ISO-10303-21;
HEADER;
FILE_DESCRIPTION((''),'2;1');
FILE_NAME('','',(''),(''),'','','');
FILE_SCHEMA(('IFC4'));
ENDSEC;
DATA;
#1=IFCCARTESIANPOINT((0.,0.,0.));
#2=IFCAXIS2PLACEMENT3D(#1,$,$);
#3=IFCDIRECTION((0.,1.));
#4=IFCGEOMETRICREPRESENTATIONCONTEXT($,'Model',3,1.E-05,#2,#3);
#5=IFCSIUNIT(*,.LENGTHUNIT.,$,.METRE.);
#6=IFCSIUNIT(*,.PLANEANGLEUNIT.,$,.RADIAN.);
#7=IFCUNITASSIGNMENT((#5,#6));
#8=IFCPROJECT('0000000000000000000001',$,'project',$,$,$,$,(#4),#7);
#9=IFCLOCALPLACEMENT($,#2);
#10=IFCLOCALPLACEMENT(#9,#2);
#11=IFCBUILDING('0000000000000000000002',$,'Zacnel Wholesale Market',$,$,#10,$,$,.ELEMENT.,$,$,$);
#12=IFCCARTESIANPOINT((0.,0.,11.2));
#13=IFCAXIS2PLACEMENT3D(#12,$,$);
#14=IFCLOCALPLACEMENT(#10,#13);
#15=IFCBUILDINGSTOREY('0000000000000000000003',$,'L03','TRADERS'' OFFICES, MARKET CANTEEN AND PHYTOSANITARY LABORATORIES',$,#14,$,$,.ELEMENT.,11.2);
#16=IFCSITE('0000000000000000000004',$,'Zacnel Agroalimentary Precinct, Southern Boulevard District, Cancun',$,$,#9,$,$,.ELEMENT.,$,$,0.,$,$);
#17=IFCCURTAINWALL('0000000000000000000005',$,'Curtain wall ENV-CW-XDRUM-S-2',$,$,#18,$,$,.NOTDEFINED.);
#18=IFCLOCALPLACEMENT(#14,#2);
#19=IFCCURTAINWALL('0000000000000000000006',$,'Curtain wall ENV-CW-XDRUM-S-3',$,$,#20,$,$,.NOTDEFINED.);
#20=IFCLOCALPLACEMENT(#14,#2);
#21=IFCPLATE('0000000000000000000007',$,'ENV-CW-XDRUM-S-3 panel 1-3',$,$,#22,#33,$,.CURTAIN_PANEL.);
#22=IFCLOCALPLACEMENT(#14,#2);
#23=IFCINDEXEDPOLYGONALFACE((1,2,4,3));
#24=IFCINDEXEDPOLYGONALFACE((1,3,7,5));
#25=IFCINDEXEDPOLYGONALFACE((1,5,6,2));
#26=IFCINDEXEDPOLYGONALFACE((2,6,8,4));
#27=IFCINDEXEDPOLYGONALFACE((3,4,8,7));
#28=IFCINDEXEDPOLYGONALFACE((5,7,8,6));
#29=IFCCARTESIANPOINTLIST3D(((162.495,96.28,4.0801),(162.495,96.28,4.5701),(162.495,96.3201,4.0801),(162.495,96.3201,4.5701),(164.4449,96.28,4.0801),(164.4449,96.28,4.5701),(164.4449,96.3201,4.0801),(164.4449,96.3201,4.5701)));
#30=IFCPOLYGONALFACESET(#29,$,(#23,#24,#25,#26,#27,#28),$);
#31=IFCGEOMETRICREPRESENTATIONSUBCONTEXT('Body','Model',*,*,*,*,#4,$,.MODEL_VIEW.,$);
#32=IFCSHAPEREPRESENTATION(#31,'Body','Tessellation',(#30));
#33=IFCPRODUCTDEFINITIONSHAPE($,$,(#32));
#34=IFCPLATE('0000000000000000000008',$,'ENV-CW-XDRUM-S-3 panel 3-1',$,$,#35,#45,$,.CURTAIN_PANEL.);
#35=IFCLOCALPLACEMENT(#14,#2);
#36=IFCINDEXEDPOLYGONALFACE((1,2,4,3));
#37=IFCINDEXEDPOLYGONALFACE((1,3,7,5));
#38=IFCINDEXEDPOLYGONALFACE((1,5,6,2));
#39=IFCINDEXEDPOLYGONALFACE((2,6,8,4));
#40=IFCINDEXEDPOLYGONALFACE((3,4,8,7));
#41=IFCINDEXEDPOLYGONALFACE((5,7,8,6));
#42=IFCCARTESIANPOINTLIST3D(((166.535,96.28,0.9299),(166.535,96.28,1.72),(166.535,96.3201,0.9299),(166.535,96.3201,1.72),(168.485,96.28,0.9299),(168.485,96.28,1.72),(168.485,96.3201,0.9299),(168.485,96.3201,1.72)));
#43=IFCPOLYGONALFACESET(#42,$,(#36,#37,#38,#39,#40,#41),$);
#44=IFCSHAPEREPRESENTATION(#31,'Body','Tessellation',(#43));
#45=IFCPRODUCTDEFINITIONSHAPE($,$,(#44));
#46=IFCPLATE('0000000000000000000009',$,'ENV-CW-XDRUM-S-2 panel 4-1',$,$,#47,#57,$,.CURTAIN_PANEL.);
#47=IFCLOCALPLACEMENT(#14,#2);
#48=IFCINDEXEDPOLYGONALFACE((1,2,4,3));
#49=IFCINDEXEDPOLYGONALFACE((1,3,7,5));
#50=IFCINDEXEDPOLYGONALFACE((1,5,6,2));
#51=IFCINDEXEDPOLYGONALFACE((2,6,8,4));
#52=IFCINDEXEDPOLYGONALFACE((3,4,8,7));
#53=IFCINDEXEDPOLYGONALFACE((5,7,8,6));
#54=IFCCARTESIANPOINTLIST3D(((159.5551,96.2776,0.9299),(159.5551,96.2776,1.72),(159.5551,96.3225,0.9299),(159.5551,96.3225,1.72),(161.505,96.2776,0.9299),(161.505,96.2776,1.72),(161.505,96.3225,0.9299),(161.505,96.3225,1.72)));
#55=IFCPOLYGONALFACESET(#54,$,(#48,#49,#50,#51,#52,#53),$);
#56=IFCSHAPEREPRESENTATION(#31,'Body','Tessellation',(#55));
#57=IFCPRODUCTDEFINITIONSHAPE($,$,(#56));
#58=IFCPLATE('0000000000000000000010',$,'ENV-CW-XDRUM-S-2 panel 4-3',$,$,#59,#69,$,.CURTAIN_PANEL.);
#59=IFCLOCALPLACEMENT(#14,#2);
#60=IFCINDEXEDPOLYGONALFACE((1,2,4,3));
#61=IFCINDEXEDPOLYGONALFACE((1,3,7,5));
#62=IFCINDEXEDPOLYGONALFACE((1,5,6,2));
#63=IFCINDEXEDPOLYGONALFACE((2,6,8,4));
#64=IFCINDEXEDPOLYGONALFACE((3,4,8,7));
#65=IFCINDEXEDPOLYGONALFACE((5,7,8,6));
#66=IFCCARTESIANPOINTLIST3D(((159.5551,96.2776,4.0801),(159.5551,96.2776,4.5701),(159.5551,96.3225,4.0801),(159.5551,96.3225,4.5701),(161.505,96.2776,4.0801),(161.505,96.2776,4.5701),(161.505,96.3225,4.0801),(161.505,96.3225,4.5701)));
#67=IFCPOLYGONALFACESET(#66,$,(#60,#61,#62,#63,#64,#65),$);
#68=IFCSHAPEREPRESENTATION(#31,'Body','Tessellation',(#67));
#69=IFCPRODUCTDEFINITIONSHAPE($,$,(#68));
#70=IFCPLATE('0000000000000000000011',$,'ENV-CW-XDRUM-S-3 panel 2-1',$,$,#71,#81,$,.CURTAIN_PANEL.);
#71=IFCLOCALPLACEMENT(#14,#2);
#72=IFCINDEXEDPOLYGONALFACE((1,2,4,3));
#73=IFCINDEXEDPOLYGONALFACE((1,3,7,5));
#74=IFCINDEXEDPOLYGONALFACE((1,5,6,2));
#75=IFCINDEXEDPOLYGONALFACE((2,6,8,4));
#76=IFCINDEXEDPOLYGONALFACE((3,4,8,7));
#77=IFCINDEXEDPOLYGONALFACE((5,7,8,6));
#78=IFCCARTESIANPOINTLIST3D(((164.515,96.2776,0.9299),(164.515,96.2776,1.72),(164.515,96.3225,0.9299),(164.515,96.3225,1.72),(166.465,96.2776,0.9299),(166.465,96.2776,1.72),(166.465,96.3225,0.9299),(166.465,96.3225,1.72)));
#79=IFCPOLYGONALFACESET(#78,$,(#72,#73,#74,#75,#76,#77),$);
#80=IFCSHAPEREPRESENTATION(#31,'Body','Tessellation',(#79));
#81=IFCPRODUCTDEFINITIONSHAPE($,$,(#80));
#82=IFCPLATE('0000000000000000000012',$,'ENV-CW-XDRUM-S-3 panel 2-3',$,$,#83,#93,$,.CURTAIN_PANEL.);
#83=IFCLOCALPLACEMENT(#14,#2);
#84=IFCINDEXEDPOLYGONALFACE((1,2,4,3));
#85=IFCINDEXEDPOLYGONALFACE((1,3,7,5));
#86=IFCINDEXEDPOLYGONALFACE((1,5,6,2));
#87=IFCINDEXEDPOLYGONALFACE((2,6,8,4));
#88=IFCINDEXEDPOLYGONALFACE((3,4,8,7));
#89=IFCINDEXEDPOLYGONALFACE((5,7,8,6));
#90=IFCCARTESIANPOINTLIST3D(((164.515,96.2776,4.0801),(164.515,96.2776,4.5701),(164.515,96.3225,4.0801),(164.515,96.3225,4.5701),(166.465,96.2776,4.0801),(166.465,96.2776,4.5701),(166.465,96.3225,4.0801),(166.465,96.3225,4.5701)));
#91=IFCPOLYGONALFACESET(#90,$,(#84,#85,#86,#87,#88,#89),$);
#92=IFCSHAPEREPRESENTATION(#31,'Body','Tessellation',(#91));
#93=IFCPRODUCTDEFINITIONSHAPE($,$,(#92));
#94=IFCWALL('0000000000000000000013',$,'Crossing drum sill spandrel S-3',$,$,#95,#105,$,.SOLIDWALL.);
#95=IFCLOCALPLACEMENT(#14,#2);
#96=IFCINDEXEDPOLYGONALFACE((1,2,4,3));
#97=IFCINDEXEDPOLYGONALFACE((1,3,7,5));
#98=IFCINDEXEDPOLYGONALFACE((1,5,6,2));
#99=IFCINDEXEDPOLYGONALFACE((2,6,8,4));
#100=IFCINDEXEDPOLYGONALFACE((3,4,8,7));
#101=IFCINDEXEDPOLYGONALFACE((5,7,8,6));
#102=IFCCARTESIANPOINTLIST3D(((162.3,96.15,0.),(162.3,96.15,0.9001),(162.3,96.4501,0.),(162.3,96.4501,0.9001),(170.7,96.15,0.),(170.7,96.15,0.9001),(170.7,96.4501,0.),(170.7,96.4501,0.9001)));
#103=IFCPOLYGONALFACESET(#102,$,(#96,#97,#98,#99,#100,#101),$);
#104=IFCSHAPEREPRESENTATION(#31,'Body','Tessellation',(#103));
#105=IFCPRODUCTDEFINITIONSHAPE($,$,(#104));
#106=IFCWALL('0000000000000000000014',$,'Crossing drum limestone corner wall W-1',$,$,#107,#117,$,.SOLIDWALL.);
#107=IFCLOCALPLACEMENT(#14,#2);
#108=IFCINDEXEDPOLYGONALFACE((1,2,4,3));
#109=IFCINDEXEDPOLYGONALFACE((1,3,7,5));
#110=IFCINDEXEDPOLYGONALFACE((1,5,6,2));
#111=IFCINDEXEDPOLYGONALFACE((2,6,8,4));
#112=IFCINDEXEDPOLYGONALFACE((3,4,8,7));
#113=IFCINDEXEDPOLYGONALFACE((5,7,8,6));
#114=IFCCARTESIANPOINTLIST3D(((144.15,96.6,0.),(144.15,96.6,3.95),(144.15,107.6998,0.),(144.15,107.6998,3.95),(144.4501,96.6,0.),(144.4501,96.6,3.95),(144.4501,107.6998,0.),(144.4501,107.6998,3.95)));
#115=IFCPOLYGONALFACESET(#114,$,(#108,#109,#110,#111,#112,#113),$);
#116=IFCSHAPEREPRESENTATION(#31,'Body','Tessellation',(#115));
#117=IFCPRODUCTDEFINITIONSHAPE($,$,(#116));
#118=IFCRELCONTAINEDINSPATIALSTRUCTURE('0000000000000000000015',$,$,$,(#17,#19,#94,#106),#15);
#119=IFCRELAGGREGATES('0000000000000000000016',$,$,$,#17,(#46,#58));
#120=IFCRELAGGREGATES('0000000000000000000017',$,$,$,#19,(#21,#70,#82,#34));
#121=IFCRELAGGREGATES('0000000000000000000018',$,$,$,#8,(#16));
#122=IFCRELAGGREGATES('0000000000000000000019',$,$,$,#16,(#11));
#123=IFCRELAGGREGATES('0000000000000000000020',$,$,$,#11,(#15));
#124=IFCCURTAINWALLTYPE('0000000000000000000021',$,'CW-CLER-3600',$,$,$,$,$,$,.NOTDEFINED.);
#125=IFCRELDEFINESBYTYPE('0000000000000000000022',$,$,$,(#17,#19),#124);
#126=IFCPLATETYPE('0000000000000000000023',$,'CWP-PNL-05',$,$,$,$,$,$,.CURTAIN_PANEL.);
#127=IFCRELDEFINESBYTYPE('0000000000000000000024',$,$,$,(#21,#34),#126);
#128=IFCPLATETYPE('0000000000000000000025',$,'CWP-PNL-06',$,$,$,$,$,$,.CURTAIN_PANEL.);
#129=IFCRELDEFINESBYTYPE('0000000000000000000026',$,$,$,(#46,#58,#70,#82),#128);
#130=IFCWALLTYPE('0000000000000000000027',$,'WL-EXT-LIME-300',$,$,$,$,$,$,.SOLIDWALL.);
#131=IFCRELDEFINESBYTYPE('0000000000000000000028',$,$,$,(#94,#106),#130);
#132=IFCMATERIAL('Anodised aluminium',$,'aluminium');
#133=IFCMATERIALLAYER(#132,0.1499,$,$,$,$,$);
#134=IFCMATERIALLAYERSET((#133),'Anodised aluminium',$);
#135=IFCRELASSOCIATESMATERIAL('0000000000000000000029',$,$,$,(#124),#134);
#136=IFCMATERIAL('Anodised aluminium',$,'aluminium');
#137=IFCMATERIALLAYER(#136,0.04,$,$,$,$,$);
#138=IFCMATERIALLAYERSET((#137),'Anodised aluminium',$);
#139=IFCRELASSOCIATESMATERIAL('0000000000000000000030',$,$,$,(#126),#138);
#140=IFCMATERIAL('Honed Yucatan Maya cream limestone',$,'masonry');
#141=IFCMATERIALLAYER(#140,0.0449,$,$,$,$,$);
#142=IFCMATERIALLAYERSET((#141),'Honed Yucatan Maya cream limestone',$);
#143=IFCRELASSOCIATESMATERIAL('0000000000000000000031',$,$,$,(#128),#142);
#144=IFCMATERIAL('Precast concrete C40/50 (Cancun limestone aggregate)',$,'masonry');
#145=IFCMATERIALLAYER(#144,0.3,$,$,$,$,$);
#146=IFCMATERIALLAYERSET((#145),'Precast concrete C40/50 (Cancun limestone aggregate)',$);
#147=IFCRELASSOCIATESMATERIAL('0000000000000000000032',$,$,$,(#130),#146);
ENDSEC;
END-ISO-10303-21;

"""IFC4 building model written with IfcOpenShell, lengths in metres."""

from ifc_helpers import new_model, si_unit, direction, frame, frame_2d, origin, origin_2d, place, context, subcontext, project, spatial, rectangle, extrude, material, layer, layer_set, type_object, element, aggregate, save


model = new_model("IFC4")

# Units and contexts
model_context = context("Model", 3, precision=1e-05, world=origin(), true_north=direction((0.0, 1.0)))
body_context = subcontext(model_context, "Body", "Model", "MODEL_VIEW")
ifc_project = project(units=[si_unit("LENGTHUNIT", "METRE"), si_unit("PLANEANGLEUNIT", "RADIAN")], contexts=[model_context])

# Site, building, storey
site_placement = place(None, origin())
site = spatial("IfcSite", under=ifc_project, at=site_placement, Name="Zacnel Agroalimentary Precinct, Southern Boulevard District, Cancun", CompositionType="ELEMENT", RefElevation=0.0)
building_placement = place(site_placement, origin())
building = spatial("IfcBuilding", under=site, at=building_placement, Name="Zacnel Wholesale Market", CompositionType="ELEMENT")
storey_placement = place(building_placement, frame((0.0, 0.0, 11.2)))
storey = spatial("IfcBuildingStorey", under=building, at=storey_placement, Name="L03", Description="TRADERS' OFFICES, MARKET CANTEEN AND PHYTOSANITARY LABORATORIES", CompositionType="ELEMENT", Elevation=11.2)

# Curtain wall
ifc_material_1 = material(Name="Anodised aluminium", Category="aluminium")
ifc_layer_1 = layer(ifc_material_1, 0.1499)
ifc_layer_set_1 = layer_set([ifc_layer_1], Name="Anodised aluminium")
curtain_wall_type = type_object("IfcCurtainWallType", Name="CW-CLER-3600", PredefinedType="NOTDEFINED", material=ifc_layer_set_1)
curtain_wall_1_placement = place(storey_placement, origin())
curtain_wall_1 = element("IfcCurtainWall", 1, at=curtain_wall_1_placement, inside=storey, type_object=curtain_wall_type, Name="Curtain wall ENV-CW-XDRUM-S-2", PredefinedType="NOTDEFINED")

# Curtain wall
curtain_wall_2_placement = place(storey_placement, origin())
curtain_wall_2 = element("IfcCurtainWall", 2, at=curtain_wall_2_placement, inside=storey, type_object=curtain_wall_type, Name="Curtain wall ENV-CW-XDRUM-S-3", PredefinedType="NOTDEFINED")

# Plates
ifc_material_2 = material(Name="Anodised aluminium", Category="aluminium")
ifc_layer_2 = layer(ifc_material_2, 0.04)
ifc_layer_set_2 = layer_set([ifc_layer_2], Name="Anodised aluminium")
plate_type_1 = type_object("IfcPlateType", Name="CWP-PNL-05", PredefinedType="CURTAIN_PANEL", material=ifc_layer_set_2)
plate_1_placement = place(storey_placement, frame((163.47, 96.3, 4.0801), z_axis=(0.0, 0.0, 1.0), x_axis=(1.0, 0.0, 0.0)))
plate_1 = element("IfcPlate", 3, at=plate_1_placement, type_object=plate_type_1, Name="ENV-CW-XDRUM-S-3 panel 1-3", PredefinedType="CURTAIN_PANEL", context=body_context, shape_type="SweptSolid", body=[
    extrude(rectangle(XDim=1.95, YDim=0.04, at=origin_2d()), origin(), (0.0, 0.0, 1.0), 0.49),
])
plate_2_placement = place(storey_placement, frame((167.51, 96.3, 0.9299), z_axis=(0.0, 0.0, 1.0), x_axis=(1.0, 0.0, 0.0)))
plate_2 = element("IfcPlate", 4, at=plate_2_placement, type_object=plate_type_1, Name="ENV-CW-XDRUM-S-3 panel 3-1", PredefinedType="CURTAIN_PANEL", context=body_context, shape_type="SweptSolid", body=[
    extrude(rectangle(XDim=1.95, YDim=0.04, at=origin_2d()), origin(), (0.0, 0.0, 1.0), 0.79),
])
ifc_material_3 = material(Name="Honed Yucatan Maya cream limestone", Category="masonry")
ifc_layer_3 = layer(ifc_material_3, 0.0449)
ifc_layer_set_3 = layer_set([ifc_layer_3], Name="Honed Yucatan Maya cream limestone")
plate_type_2 = type_object("IfcPlateType", Name="CWP-PNL-06", PredefinedType="CURTAIN_PANEL", material=ifc_layer_set_3)
plate_3_placement = place(storey_placement, frame((160.53, 96.3, 0.9299), z_axis=(0.0, 0.0, 1.0), x_axis=(1.0, 0.0, 0.0)))
plate_3 = element("IfcPlate", 5, at=plate_3_placement, type_object=plate_type_2, Name="ENV-CW-XDRUM-S-2 panel 4-1", PredefinedType="CURTAIN_PANEL", context=body_context, shape_type="SweptSolid", body=[
    extrude(rectangle(XDim=1.95, YDim=0.0449, at=origin_2d()), origin(), (0.0, 0.0, 1.0), 0.79),
])
plate_4_placement = place(storey_placement, frame((160.53, 96.3, 4.0801), z_axis=(0.0, 0.0, 1.0), x_axis=(1.0, 0.0, 0.0)))
plate_4 = element("IfcPlate", 6, at=plate_4_placement, type_object=plate_type_2, Name="ENV-CW-XDRUM-S-2 panel 4-3", PredefinedType="CURTAIN_PANEL", context=body_context, shape_type="SweptSolid", body=[
    extrude(rectangle(XDim=1.95, YDim=0.0449, at=origin_2d()), origin(), (0.0, 0.0, 1.0), 0.49),
])
aggregate(curtain_wall_1, [plate_3, plate_4])
plate_5_placement = place(storey_placement, frame((165.49, 96.3, 0.9299), z_axis=(0.0, 0.0, 1.0), x_axis=(1.0, 0.0, 0.0)))
plate_5 = element("IfcPlate", 7, at=plate_5_placement, type_object=plate_type_2, Name="ENV-CW-XDRUM-S-3 panel 2-1", PredefinedType="CURTAIN_PANEL", context=body_context, shape_type="SweptSolid", body=[
    extrude(rectangle(XDim=1.95, YDim=0.0449, at=origin_2d()), origin(), (0.0, 0.0, 1.0), 0.79),
])
plate_6_placement = place(storey_placement, frame((165.49, 96.3, 4.0801), z_axis=(0.0, 0.0, 1.0), x_axis=(1.0, 0.0, 0.0)))
plate_6 = element("IfcPlate", 8, at=plate_6_placement, type_object=plate_type_2, Name="ENV-CW-XDRUM-S-3 panel 2-3", PredefinedType="CURTAIN_PANEL", context=body_context, shape_type="SweptSolid", body=[
    extrude(rectangle(XDim=1.95, YDim=0.0449, at=origin_2d()), origin(), (0.0, 0.0, 1.0), 0.49),
])
aggregate(curtain_wall_2, [plate_1, plate_5, plate_6, plate_2])

# Walls
ifc_material_4 = material(Name="Precast concrete C40/50 (Cancun limestone aggregate)", Category="masonry")
ifc_layer_4 = layer(ifc_material_4, 0.3)
ifc_layer_set_4 = layer_set([ifc_layer_4], Name="Precast concrete C40/50 (Cancun limestone aggregate)")
wall_type = type_object("IfcWallType", Name="WL-EXT-LIME-300", PredefinedType="SOLIDWALL", material=ifc_layer_set_4)
wall_1_placement = place(storey_placement, frame((162.3, 96.3, 0.0), z_axis=(0.0, 0.0, 1.0), x_axis=(1.0, 0.0, 0.0)))
element("IfcWall", 9, at=wall_1_placement, inside=storey, type_object=wall_type, Name="Crossing drum sill spandrel S-3", PredefinedType="SOLIDWALL", context=body_context, shape_type="SweptSolid", body=[
    extrude(rectangle(XDim=8.3999, YDim=0.3, at=frame_2d((4.2, 0.0))), origin(), (0.0, 0.0, 1.0), 0.9001),
])
wall_2_placement = place(storey_placement, frame((144.3, 96.6001, 0.0), z_axis=(0.0, 0.0, 1.0), x_axis=(0.0, 1.0, 0.0)))
element("IfcWall", 10, at=wall_2_placement, inside=storey, type_object=wall_type, Name="Crossing drum limestone corner wall W-1", PredefinedType="SOLIDWALL", context=body_context, shape_type="SweptSolid", body=[
    extrude(rectangle(XDim=11.0999, YDim=0.3, at=frame_2d((5.5498, 0.0))), origin(), (0.0, 0.0, 1.0), 3.95),
])

save(model, "model.ifc")
